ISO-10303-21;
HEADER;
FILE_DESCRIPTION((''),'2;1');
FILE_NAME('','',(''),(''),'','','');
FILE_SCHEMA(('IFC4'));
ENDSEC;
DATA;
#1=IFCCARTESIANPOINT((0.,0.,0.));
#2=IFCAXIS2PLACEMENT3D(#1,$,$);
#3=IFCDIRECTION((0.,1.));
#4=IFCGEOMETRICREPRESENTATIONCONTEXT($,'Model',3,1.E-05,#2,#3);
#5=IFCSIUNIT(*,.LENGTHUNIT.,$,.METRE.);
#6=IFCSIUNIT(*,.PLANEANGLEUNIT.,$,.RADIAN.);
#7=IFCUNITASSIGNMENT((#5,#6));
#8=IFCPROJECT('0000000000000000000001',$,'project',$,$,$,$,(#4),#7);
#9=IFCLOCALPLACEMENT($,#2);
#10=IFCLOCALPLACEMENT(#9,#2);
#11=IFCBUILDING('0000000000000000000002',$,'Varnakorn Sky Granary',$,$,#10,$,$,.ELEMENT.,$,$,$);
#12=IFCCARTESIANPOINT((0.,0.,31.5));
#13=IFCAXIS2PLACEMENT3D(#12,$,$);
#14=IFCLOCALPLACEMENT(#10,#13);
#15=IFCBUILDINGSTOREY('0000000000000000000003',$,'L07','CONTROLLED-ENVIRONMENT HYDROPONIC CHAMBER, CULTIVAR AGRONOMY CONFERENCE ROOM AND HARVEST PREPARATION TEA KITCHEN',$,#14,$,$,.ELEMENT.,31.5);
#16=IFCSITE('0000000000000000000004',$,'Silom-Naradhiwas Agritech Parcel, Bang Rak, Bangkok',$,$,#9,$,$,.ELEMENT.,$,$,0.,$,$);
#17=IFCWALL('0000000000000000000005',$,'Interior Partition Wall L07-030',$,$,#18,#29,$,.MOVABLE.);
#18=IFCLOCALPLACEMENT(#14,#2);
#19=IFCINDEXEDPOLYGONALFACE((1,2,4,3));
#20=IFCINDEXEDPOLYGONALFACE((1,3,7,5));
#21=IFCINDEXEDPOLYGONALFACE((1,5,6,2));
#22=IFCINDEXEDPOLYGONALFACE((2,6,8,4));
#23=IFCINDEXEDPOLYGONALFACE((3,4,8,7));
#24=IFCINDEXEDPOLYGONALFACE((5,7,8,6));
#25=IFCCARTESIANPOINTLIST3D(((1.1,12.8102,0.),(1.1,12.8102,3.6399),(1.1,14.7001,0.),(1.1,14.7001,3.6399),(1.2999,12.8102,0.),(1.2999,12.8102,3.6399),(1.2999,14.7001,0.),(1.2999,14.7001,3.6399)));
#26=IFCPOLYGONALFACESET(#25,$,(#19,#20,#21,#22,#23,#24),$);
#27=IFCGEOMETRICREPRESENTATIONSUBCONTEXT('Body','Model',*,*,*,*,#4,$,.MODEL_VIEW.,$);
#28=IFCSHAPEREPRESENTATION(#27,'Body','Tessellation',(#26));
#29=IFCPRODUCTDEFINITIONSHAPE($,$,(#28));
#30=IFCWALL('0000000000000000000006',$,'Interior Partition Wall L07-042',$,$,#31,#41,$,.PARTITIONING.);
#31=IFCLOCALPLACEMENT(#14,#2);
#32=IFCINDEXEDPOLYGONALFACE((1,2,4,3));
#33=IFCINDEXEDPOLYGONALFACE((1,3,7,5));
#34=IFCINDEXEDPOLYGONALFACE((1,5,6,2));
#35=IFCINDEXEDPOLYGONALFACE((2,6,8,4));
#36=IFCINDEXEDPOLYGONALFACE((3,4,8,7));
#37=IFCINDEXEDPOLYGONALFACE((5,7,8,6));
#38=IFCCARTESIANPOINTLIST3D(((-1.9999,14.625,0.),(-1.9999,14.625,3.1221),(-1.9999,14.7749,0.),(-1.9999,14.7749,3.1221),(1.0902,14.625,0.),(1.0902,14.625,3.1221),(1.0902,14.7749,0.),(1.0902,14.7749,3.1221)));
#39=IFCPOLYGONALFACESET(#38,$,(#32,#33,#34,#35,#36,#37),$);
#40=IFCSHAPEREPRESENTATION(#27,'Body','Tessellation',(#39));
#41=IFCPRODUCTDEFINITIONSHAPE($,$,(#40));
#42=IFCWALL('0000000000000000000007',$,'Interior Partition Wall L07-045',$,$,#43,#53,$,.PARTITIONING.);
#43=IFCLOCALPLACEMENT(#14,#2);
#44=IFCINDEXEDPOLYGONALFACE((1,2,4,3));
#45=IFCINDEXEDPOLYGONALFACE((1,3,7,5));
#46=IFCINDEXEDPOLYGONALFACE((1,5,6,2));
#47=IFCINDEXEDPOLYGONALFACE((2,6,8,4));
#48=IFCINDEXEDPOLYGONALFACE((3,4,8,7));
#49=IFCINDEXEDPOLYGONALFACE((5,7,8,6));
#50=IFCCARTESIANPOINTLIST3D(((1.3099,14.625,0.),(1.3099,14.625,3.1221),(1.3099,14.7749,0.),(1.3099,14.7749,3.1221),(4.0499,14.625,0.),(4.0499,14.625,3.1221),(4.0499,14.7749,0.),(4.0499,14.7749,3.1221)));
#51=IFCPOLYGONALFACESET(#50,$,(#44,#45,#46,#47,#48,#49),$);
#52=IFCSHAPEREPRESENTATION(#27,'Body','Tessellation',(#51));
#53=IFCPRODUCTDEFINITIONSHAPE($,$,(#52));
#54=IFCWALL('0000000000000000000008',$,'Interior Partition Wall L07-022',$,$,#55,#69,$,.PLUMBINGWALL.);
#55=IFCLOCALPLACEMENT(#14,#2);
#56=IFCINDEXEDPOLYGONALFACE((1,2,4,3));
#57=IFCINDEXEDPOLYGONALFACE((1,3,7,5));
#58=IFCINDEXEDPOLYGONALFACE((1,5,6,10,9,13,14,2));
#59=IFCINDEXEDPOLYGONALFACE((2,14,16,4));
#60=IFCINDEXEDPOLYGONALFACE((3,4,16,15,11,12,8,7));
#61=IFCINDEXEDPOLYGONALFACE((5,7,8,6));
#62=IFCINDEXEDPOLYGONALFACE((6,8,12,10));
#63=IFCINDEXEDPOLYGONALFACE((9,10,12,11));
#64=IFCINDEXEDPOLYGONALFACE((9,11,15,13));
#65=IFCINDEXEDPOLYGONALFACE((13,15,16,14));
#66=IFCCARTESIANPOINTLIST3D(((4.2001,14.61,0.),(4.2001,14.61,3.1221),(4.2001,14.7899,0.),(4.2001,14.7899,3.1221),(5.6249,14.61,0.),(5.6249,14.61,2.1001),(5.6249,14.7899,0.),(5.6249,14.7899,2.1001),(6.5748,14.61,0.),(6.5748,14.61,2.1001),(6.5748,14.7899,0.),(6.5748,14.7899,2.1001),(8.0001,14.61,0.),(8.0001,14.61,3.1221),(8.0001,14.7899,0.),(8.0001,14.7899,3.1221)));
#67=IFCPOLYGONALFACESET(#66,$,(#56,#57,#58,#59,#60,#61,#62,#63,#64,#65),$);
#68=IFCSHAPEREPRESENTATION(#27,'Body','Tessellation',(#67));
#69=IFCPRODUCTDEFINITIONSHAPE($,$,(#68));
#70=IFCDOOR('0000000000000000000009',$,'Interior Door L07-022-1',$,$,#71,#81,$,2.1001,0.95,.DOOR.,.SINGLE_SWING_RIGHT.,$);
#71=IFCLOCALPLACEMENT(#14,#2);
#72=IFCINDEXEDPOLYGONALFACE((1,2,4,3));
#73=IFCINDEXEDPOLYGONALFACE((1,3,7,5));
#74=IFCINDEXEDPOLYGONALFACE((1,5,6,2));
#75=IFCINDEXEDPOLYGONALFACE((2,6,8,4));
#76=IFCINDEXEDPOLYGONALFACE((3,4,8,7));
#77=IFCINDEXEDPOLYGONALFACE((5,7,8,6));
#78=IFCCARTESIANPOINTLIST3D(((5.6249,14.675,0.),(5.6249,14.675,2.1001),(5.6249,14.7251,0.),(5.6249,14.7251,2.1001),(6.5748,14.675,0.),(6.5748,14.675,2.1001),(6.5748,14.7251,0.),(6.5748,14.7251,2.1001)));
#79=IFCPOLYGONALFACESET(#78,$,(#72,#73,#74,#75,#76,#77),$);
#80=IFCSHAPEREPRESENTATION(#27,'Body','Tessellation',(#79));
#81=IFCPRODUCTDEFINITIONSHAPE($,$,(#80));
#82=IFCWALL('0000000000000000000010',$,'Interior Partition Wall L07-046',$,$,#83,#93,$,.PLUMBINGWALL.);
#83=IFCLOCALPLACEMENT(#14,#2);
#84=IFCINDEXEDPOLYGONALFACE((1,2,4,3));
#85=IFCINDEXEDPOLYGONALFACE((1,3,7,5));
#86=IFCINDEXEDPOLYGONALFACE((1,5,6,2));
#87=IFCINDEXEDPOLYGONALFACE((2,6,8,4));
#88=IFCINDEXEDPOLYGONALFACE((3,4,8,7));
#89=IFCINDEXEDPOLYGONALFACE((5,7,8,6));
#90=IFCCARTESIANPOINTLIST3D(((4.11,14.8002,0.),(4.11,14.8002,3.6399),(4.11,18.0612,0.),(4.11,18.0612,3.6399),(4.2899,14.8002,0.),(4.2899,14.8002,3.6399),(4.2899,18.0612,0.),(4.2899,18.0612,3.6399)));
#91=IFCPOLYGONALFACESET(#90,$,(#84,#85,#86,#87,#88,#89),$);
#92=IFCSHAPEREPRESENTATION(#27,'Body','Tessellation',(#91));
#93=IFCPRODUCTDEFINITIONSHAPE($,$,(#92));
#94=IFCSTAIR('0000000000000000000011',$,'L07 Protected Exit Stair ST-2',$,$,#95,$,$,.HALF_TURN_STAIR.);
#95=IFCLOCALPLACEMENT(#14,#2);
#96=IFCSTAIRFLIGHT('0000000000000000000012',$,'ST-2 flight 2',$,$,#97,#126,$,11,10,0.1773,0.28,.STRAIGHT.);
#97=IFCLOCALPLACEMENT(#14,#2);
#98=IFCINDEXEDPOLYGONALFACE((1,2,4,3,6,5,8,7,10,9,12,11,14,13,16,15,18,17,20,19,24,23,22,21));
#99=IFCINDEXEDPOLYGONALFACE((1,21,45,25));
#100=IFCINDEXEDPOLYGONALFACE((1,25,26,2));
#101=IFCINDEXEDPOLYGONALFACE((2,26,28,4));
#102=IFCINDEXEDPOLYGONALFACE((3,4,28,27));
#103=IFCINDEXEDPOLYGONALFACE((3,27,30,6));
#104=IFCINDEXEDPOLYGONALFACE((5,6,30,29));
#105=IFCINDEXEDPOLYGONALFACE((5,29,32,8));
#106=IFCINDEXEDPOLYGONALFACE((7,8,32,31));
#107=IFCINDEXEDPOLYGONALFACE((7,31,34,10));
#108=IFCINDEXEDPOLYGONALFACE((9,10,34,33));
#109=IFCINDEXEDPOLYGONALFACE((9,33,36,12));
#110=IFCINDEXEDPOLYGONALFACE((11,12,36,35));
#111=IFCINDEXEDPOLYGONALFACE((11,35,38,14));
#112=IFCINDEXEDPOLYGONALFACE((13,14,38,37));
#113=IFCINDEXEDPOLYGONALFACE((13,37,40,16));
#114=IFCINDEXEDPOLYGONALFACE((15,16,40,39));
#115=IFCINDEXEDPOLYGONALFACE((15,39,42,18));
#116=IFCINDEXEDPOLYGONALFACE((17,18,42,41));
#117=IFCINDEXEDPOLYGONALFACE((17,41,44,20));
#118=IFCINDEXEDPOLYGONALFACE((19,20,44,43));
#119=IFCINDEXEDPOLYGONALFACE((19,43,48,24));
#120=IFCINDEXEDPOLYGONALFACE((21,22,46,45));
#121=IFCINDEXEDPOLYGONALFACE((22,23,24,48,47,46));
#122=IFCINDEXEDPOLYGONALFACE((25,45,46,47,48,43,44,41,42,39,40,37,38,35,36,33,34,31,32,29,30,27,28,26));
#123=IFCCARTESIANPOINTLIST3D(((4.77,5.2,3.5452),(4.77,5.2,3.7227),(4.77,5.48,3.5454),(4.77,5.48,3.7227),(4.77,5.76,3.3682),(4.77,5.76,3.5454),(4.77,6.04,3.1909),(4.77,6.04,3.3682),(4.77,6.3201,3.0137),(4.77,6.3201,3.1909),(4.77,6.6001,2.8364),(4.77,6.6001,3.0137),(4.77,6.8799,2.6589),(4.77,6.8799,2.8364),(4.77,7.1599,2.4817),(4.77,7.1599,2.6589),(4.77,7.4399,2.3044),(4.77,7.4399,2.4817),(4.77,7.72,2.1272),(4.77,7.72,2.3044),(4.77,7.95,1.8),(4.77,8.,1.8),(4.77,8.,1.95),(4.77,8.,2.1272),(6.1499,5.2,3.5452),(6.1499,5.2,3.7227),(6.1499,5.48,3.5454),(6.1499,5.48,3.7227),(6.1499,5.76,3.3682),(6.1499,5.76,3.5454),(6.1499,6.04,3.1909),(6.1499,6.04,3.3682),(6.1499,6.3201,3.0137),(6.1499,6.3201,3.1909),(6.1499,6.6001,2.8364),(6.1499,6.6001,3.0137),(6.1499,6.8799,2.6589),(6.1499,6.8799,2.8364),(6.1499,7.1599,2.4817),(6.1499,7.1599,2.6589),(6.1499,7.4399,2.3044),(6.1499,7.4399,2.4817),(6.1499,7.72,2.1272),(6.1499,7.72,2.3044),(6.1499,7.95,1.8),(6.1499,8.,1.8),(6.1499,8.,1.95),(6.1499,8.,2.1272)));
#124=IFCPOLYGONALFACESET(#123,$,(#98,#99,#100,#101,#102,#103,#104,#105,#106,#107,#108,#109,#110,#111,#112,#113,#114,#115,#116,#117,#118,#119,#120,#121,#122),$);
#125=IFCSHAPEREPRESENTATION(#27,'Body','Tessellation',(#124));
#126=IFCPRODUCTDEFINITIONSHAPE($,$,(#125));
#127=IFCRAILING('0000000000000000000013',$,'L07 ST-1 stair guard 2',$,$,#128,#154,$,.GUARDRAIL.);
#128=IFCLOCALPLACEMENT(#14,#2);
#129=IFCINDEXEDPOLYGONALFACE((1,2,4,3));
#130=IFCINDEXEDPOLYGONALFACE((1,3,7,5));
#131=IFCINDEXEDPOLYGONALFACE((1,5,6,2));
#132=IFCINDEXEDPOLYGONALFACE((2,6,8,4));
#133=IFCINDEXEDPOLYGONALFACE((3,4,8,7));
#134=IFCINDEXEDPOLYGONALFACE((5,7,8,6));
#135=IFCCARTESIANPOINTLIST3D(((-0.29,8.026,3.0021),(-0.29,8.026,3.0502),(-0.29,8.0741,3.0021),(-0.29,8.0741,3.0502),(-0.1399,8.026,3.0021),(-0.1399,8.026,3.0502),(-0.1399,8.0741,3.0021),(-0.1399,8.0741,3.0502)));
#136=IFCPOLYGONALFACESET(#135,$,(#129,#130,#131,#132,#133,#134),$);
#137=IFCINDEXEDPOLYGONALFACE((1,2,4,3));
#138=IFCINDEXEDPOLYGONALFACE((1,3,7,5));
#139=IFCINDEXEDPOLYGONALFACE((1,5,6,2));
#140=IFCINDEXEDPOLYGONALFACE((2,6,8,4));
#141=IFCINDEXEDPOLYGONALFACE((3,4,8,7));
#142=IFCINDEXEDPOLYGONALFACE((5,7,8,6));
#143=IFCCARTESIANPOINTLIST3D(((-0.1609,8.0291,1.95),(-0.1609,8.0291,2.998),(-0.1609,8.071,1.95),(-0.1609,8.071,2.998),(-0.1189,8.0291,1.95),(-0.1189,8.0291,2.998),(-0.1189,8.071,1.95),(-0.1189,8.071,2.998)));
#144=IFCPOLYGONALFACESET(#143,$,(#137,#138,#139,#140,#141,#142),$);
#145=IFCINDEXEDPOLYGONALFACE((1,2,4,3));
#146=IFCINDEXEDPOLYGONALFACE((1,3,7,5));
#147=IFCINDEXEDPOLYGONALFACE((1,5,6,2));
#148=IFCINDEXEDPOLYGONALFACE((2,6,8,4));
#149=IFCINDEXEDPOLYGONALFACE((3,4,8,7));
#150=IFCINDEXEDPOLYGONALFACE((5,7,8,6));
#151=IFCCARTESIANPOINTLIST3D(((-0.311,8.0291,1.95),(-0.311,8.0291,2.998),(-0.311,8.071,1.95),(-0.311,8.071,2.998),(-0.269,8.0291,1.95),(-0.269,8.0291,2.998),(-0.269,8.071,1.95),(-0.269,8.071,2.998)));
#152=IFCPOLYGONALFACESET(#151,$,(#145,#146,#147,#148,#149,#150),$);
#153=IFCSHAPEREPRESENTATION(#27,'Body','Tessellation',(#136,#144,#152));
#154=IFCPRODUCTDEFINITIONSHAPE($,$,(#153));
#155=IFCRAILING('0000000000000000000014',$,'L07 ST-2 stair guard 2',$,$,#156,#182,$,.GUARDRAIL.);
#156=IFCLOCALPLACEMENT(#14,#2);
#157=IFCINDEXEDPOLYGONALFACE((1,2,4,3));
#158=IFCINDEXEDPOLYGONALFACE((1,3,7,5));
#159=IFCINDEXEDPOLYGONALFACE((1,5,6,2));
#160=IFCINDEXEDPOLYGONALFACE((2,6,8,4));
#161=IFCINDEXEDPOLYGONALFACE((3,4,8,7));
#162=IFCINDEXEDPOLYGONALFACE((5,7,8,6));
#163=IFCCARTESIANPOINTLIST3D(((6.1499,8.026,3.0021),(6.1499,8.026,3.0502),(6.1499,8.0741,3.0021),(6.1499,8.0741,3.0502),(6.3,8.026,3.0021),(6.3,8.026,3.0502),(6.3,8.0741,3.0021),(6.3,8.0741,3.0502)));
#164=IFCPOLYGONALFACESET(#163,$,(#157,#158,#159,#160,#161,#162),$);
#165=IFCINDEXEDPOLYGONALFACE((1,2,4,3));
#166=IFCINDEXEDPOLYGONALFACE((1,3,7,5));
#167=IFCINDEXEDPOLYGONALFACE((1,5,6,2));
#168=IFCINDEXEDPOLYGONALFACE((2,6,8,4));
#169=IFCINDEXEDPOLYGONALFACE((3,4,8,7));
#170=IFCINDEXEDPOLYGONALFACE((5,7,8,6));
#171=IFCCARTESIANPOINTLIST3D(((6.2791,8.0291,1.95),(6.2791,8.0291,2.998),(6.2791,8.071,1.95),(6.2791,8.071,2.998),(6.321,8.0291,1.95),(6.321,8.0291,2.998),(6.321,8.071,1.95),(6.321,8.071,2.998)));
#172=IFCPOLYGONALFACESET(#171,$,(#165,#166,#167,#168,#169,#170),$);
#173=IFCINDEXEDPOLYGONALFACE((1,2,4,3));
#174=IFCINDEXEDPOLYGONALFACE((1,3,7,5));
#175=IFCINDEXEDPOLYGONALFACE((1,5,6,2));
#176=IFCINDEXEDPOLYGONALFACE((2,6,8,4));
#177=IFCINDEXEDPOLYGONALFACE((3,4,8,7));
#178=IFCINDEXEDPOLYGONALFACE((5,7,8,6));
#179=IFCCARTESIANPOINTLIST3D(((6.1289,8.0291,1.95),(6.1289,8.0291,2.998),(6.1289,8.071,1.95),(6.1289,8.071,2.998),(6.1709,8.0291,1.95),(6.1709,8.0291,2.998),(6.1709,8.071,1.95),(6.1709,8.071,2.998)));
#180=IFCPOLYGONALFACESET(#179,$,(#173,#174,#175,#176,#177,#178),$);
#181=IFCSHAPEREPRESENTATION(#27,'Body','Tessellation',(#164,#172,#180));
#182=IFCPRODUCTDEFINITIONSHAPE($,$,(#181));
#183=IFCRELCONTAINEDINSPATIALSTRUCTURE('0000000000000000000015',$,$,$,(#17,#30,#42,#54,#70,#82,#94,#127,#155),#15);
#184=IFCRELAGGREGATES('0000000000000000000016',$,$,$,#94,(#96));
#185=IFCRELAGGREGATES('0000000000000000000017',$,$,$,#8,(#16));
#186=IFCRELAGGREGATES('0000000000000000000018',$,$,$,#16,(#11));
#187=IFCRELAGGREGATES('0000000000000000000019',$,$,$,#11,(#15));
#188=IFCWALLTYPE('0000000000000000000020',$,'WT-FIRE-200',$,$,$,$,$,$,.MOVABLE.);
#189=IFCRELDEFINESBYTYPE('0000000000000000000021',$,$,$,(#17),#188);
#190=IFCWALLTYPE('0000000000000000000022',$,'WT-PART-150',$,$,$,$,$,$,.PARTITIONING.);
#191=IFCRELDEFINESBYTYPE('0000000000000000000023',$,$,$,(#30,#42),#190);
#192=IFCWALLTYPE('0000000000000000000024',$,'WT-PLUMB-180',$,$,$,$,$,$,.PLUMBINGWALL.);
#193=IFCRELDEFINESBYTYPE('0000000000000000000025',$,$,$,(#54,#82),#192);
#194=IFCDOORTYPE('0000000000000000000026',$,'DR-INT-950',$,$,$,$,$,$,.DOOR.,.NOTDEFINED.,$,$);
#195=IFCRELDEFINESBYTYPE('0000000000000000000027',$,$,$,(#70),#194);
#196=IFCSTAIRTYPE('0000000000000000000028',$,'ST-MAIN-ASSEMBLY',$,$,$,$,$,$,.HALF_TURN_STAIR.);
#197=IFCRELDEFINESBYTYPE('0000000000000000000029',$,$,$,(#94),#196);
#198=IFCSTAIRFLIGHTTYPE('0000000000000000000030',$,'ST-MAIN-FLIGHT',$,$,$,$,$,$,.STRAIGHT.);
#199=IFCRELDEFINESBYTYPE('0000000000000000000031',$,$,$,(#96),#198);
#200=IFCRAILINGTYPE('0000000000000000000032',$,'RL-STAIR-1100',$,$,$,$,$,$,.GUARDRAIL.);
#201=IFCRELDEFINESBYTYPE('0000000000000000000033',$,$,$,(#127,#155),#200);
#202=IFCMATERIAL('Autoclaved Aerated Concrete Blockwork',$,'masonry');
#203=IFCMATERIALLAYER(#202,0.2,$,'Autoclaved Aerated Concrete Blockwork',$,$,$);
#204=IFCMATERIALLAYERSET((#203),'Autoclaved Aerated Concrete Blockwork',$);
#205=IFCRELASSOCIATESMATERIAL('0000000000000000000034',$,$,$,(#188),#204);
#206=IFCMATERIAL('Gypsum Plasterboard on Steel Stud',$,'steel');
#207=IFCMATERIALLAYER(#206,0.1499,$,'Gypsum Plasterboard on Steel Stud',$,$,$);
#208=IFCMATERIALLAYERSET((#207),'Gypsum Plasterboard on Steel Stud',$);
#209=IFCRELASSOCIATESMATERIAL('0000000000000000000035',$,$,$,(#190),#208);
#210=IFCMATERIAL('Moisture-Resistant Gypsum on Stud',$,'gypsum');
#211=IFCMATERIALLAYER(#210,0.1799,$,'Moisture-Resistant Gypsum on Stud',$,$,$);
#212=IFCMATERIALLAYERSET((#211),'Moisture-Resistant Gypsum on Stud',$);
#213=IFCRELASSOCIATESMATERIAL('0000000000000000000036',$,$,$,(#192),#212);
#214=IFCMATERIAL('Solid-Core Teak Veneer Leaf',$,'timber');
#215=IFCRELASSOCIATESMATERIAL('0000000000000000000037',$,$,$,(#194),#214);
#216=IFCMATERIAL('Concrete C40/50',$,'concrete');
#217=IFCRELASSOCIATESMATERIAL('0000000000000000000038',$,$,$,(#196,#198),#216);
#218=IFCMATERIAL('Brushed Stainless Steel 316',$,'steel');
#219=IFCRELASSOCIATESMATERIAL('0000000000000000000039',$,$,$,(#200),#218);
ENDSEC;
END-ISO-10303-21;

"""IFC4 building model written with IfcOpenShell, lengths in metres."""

from ifc_helpers import new_model, si_unit, direction, frame, frame_2d, origin, origin_2d, place, context, subcontext, project, spatial, polyline, rectangle, outline, extrude, material, layer, layer_set, type_object, element, fill, aggregate, save


model = new_model("IFC4")

# Units and contexts
model_context = context("Model", 3, precision=1e-05, world=origin(), true_north=direction((0.0, 1.0)))
body_context = subcontext(model_context, "Body", "Model", "MODEL_VIEW")
ifc_project = project(units=[si_unit("LENGTHUNIT", "METRE"), si_unit("PLANEANGLEUNIT", "RADIAN")], contexts=[model_context])

# Site, building, storey
site_placement = place(None, origin())
site = spatial("IfcSite", under=ifc_project, at=site_placement, Name="Silom-Naradhiwas Agritech Parcel, Bang Rak, Bangkok", CompositionType="ELEMENT", RefElevation=0.0)
building_placement = place(site_placement, origin())
building = spatial("IfcBuilding", under=site, at=building_placement, Name="Varnakorn Sky Granary", CompositionType="ELEMENT")
storey_placement = place(building_placement, frame((0.0, 0.0, 31.5)))
storey = spatial("IfcBuildingStorey", under=building, at=storey_placement, Name="L07", Description="CONTROLLED-ENVIRONMENT HYDROPONIC CHAMBER, CULTIVAR AGRONOMY CONFERENCE ROOM AND HARVEST PREPARATION TEA KITCHEN", CompositionType="ELEMENT", Elevation=31.5)

# Walls
ifc_material_1 = material(Name="Autoclaved Aerated Concrete Blockwork", Category="masonry")
ifc_layer_1 = layer(ifc_material_1, 0.2, Name="Autoclaved Aerated Concrete Blockwork")
ifc_layer_set_1 = layer_set([ifc_layer_1], Name="Autoclaved Aerated Concrete Blockwork")
wall_type_1 = type_object("IfcWallType", Name="WT-FIRE-200", PredefinedType="MOVABLE", material=ifc_layer_set_1)
wall_1_placement = place(storey_placement, frame((1.2, 14.7, 0.0), z_axis=(0.0, 0.0, 1.0), x_axis=(0.0, -1.0, 0.0)))
element("IfcWall", 1, at=wall_1_placement, inside=storey, type_object=wall_type_1, Name="Interior Partition Wall L07-030", PredefinedType="MOVABLE", context=body_context, shape_type="SweptSolid", body=[
    extrude(rectangle(XDim=1.8899, YDim=0.2, at=frame_2d((0.9448, 0.0))), origin(), (0.0, 0.0, 1.0), 3.6399),
])
ifc_material_2 = material(Name="Gypsum Plasterboard on Steel Stud", Category="steel")
ifc_layer_2 = layer(ifc_material_2, 0.1499, Name="Gypsum Plasterboard on Steel Stud")
ifc_layer_set_2 = layer_set([ifc_layer_2], Name="Gypsum Plasterboard on Steel Stud")
wall_type_2 = type_object("IfcWallType", Name="WT-PART-150", PredefinedType="PARTITIONING", material=ifc_layer_set_2)
wall_2_placement = place(storey_placement, frame((1.0901, 14.7, 0.0), z_axis=(0.0, 0.0, 1.0), x_axis=(-1.0, 0.0, 0.0)))
element("IfcWall", 2, at=wall_2_placement, inside=storey, type_object=wall_type_2, Name="Interior Partition Wall L07-042", PredefinedType="PARTITIONING", context=body_context, shape_type="SweptSolid", body=[
    extrude(rectangle(XDim=3.0901, YDim=0.1499, at=frame_2d((1.5449, 0.0))), origin(), (0.0, 0.0, 1.0), 3.1221),
])
wall_3_placement = place(storey_placement, frame((4.05, 14.7, 0.0), z_axis=(0.0, 0.0, 1.0), x_axis=(-1.0, 0.0, 0.0)))
element("IfcWall", 3, at=wall_3_placement, inside=storey, type_object=wall_type_2, Name="Interior Partition Wall L07-045", PredefinedType="PARTITIONING", context=body_context, shape_type="SweptSolid", body=[
    extrude(rectangle(XDim=2.74, YDim=0.1499, at=frame_2d((1.3701, 0.0))), origin(), (0.0, 0.0, 1.0), 3.1221),
])

# Wall, opening, door
ifc_material_3 = material(Name="Moisture-Resistant Gypsum on Stud", Category="gypsum")
ifc_layer_3 = layer(ifc_material_3, 0.1799, Name="Moisture-Resistant Gypsum on Stud")
ifc_layer_set_3 = layer_set([ifc_layer_3], Name="Moisture-Resistant Gypsum on Stud")
wall_type_3 = type_object("IfcWallType", Name="WT-PLUMB-180", PredefinedType="PLUMBINGWALL", material=ifc_layer_set_3)
wall_4_placement = place(storey_placement, frame((8.0, 14.7, 0.0), z_axis=(0.0, 0.0, 1.0), x_axis=(-1.0, 0.0, 0.0)))
wall_4 = element("IfcWall", 4, at=wall_4_placement, inside=storey, type_object=wall_type_3, Name="Interior Partition Wall L07-022", PredefinedType="PLUMBINGWALL", context=body_context, shape_type="SweptSolid", body=[
    extrude(rectangle(XDim=3.8, YDim=0.1799, at=frame_2d((1.8999, 0.0))), origin(), (0.0, 0.0, 1.0), 3.1221),
])
opening_placement = place(wall_4_placement, frame((1.425, 0.0, 0.0)))
opening = element("IfcOpeningElement", 5, at=opening_placement, cuts=wall_4, PredefinedType="OPENING", context=body_context, shape_type="SweptSolid", body=[
    extrude(rectangle(XDim=0.95, YDim=2.1001, at=frame_2d((0.4751, 1.05))), frame((0.0, 0.1001, 0.0), z_axis=(0.0, -1.0, 0.0), x_axis=(1.0, 0.0, 0.0)), (0.0, 0.0, 1.0), 0.2),
])
ifc_material_4 = material(Name="Solid-Core Teak Veneer Leaf", Category="timber")
door_type = type_object("IfcDoorType", Name="DR-INT-950", OperationType="NOTDEFINED", PredefinedType="DOOR", material=ifc_material_4)
door_placement = place(opening_placement, origin())
door = element("IfcDoor", 6, at=door_placement, inside=storey, type_object=door_type, Name="Interior Door L07-022-1", OperationType="SINGLE_SWING_RIGHT", OverallHeight=2.1001, OverallWidth=0.95, PredefinedType="DOOR", context=body_context, shape_type="SweptSolid", body=[
    extrude(rectangle(XDim=0.95, YDim=2.1001, at=frame_2d((0.4751, 1.05))), frame((0.0, 0.0249, 0.0), z_axis=(0.0, -1.0, 0.0), x_axis=(1.0, 0.0, 0.0)), (0.0, 0.0, 1.0), 0.05),
])
fill(opening, door)

# Wall
wall_5_placement = place(storey_placement, frame((4.2, 18.061, 0.0), z_axis=(0.0, 0.0, 1.0), x_axis=(0.0, -1.0, 0.0)))
element("IfcWall", 7, at=wall_5_placement, inside=storey, type_object=wall_type_3, Name="Interior Partition Wall L07-046", PredefinedType="PLUMBINGWALL", context=body_context, shape_type="SweptSolid", body=[
    extrude(rectangle(XDim=3.261, YDim=0.1799, at=frame_2d((1.6304, 0.0))), origin(), (0.0, 0.0, 1.0), 3.6399),
])

# Stair, stair flight
ifc_material_5 = material(Name="Concrete C40/50", Category="concrete")
stair_type = type_object("IfcStairType", Name="ST-MAIN-ASSEMBLY", PredefinedType="HALF_TURN_STAIR", material=ifc_material_5)
stair_placement = place(storey_placement, origin())
stair = element("IfcStair", 8, at=stair_placement, inside=storey, type_object=stair_type, Name="L07 Protected Exit Stair ST-2", PredefinedType="HALF_TURN_STAIR")
stair_flight_type = type_object("IfcStairFlightType", Name="ST-MAIN-FLIGHT", PredefinedType="STRAIGHT", material=ifc_material_5)
stair_flight_placement = place(storey_placement, frame((5.46, 8.0, 1.95), z_axis=(0.0, 0.0, 1.0), x_axis=(0.0, -1.0, 0.0)))
stair_flight = element("IfcStairFlight", 9, at=stair_flight_placement, type_object=stair_flight_type, Name="ST-2 flight 2", NumberOfRisers=11, NumberOfTreads=10, PredefinedType="STRAIGHT", RiserHeight=0.1773, TreadLength=0.28, context=body_context, shape_type="SweptSolid", body=[
    extrude(outline(polyline([(0.0, -0.1499), (0.0, 0.0), (0.0, 0.1772), (0.28, 0.1772), (0.28, 0.3545), (0.5601, 0.3545), (0.5601, 0.5317), (0.8401, 0.5317), (0.8401, 0.709), (1.1201, 0.709), (1.1201, 0.8865), (1.3999, 0.8865), (1.3999, 1.0637), (1.6799, 1.0637), (1.6799, 1.241), (1.96, 1.241), (1.96, 1.4182), (2.24, 1.4182), (2.24, 1.5955), (2.52, 1.5955), (2.52, 1.7727), (2.8, 1.7727), (2.8, 1.95), (2.8, 1.5952), (0.05, -0.1499), (0.0, -0.1499)])), frame((0.0, 0.6899, 0.0), z_axis=(0.0, -1.0, 0.0), x_axis=(1.0, 0.0, 0.0)), (0.0, 0.0, 1.0), 1.3799),
])
aggregate(stair, [stair_flight])

# Railings
ifc_material_6 = material(Name="Brushed Stainless Steel 316", Category="steel")
railing_type_1 = type_object("IfcRailingType", Name="RL-STAIR-1100", PredefinedType="GUARDRAIL", material=ifc_material_6)
for number, where, name in (
    (10, (-0.1399, 8.05, 1.95), "L07 ST-1 stair guard 2"),
    (11, (6.3, 8.05, 1.95), "L07 ST-2 stair guard 2"),
):
    element("IfcRailing", number, at=place(storey_placement, frame(where)), inside=storey, type_object=railing_type_1, Name=name, PredefinedType="GUARDRAIL", context=body_context, shape_type="SweptSolid", body=[
        extrude(rectangle(XDim=0.0481, YDim=0.0481, at=origin_2d()), frame((0.0, 0.0, 1.0762), z_axis=(-1.0, 0.0, 0.0), x_axis=(0.0, -1.0, 0.0)), (0.0, 0.0, 1.0), 0.1501),
        extrude(rectangle(XDim=0.042, YDim=0.042, at=origin_2d()), origin(), (0.0, 0.0, 1.0), 1.0481),
        extrude(rectangle(XDim=0.042, YDim=0.042, at=origin_2d()), frame((-0.1501, 0.0, 0.0)), (0.0, 0.0, 1.0), 1.0481),
    ])

save(model, "model.ifc")
